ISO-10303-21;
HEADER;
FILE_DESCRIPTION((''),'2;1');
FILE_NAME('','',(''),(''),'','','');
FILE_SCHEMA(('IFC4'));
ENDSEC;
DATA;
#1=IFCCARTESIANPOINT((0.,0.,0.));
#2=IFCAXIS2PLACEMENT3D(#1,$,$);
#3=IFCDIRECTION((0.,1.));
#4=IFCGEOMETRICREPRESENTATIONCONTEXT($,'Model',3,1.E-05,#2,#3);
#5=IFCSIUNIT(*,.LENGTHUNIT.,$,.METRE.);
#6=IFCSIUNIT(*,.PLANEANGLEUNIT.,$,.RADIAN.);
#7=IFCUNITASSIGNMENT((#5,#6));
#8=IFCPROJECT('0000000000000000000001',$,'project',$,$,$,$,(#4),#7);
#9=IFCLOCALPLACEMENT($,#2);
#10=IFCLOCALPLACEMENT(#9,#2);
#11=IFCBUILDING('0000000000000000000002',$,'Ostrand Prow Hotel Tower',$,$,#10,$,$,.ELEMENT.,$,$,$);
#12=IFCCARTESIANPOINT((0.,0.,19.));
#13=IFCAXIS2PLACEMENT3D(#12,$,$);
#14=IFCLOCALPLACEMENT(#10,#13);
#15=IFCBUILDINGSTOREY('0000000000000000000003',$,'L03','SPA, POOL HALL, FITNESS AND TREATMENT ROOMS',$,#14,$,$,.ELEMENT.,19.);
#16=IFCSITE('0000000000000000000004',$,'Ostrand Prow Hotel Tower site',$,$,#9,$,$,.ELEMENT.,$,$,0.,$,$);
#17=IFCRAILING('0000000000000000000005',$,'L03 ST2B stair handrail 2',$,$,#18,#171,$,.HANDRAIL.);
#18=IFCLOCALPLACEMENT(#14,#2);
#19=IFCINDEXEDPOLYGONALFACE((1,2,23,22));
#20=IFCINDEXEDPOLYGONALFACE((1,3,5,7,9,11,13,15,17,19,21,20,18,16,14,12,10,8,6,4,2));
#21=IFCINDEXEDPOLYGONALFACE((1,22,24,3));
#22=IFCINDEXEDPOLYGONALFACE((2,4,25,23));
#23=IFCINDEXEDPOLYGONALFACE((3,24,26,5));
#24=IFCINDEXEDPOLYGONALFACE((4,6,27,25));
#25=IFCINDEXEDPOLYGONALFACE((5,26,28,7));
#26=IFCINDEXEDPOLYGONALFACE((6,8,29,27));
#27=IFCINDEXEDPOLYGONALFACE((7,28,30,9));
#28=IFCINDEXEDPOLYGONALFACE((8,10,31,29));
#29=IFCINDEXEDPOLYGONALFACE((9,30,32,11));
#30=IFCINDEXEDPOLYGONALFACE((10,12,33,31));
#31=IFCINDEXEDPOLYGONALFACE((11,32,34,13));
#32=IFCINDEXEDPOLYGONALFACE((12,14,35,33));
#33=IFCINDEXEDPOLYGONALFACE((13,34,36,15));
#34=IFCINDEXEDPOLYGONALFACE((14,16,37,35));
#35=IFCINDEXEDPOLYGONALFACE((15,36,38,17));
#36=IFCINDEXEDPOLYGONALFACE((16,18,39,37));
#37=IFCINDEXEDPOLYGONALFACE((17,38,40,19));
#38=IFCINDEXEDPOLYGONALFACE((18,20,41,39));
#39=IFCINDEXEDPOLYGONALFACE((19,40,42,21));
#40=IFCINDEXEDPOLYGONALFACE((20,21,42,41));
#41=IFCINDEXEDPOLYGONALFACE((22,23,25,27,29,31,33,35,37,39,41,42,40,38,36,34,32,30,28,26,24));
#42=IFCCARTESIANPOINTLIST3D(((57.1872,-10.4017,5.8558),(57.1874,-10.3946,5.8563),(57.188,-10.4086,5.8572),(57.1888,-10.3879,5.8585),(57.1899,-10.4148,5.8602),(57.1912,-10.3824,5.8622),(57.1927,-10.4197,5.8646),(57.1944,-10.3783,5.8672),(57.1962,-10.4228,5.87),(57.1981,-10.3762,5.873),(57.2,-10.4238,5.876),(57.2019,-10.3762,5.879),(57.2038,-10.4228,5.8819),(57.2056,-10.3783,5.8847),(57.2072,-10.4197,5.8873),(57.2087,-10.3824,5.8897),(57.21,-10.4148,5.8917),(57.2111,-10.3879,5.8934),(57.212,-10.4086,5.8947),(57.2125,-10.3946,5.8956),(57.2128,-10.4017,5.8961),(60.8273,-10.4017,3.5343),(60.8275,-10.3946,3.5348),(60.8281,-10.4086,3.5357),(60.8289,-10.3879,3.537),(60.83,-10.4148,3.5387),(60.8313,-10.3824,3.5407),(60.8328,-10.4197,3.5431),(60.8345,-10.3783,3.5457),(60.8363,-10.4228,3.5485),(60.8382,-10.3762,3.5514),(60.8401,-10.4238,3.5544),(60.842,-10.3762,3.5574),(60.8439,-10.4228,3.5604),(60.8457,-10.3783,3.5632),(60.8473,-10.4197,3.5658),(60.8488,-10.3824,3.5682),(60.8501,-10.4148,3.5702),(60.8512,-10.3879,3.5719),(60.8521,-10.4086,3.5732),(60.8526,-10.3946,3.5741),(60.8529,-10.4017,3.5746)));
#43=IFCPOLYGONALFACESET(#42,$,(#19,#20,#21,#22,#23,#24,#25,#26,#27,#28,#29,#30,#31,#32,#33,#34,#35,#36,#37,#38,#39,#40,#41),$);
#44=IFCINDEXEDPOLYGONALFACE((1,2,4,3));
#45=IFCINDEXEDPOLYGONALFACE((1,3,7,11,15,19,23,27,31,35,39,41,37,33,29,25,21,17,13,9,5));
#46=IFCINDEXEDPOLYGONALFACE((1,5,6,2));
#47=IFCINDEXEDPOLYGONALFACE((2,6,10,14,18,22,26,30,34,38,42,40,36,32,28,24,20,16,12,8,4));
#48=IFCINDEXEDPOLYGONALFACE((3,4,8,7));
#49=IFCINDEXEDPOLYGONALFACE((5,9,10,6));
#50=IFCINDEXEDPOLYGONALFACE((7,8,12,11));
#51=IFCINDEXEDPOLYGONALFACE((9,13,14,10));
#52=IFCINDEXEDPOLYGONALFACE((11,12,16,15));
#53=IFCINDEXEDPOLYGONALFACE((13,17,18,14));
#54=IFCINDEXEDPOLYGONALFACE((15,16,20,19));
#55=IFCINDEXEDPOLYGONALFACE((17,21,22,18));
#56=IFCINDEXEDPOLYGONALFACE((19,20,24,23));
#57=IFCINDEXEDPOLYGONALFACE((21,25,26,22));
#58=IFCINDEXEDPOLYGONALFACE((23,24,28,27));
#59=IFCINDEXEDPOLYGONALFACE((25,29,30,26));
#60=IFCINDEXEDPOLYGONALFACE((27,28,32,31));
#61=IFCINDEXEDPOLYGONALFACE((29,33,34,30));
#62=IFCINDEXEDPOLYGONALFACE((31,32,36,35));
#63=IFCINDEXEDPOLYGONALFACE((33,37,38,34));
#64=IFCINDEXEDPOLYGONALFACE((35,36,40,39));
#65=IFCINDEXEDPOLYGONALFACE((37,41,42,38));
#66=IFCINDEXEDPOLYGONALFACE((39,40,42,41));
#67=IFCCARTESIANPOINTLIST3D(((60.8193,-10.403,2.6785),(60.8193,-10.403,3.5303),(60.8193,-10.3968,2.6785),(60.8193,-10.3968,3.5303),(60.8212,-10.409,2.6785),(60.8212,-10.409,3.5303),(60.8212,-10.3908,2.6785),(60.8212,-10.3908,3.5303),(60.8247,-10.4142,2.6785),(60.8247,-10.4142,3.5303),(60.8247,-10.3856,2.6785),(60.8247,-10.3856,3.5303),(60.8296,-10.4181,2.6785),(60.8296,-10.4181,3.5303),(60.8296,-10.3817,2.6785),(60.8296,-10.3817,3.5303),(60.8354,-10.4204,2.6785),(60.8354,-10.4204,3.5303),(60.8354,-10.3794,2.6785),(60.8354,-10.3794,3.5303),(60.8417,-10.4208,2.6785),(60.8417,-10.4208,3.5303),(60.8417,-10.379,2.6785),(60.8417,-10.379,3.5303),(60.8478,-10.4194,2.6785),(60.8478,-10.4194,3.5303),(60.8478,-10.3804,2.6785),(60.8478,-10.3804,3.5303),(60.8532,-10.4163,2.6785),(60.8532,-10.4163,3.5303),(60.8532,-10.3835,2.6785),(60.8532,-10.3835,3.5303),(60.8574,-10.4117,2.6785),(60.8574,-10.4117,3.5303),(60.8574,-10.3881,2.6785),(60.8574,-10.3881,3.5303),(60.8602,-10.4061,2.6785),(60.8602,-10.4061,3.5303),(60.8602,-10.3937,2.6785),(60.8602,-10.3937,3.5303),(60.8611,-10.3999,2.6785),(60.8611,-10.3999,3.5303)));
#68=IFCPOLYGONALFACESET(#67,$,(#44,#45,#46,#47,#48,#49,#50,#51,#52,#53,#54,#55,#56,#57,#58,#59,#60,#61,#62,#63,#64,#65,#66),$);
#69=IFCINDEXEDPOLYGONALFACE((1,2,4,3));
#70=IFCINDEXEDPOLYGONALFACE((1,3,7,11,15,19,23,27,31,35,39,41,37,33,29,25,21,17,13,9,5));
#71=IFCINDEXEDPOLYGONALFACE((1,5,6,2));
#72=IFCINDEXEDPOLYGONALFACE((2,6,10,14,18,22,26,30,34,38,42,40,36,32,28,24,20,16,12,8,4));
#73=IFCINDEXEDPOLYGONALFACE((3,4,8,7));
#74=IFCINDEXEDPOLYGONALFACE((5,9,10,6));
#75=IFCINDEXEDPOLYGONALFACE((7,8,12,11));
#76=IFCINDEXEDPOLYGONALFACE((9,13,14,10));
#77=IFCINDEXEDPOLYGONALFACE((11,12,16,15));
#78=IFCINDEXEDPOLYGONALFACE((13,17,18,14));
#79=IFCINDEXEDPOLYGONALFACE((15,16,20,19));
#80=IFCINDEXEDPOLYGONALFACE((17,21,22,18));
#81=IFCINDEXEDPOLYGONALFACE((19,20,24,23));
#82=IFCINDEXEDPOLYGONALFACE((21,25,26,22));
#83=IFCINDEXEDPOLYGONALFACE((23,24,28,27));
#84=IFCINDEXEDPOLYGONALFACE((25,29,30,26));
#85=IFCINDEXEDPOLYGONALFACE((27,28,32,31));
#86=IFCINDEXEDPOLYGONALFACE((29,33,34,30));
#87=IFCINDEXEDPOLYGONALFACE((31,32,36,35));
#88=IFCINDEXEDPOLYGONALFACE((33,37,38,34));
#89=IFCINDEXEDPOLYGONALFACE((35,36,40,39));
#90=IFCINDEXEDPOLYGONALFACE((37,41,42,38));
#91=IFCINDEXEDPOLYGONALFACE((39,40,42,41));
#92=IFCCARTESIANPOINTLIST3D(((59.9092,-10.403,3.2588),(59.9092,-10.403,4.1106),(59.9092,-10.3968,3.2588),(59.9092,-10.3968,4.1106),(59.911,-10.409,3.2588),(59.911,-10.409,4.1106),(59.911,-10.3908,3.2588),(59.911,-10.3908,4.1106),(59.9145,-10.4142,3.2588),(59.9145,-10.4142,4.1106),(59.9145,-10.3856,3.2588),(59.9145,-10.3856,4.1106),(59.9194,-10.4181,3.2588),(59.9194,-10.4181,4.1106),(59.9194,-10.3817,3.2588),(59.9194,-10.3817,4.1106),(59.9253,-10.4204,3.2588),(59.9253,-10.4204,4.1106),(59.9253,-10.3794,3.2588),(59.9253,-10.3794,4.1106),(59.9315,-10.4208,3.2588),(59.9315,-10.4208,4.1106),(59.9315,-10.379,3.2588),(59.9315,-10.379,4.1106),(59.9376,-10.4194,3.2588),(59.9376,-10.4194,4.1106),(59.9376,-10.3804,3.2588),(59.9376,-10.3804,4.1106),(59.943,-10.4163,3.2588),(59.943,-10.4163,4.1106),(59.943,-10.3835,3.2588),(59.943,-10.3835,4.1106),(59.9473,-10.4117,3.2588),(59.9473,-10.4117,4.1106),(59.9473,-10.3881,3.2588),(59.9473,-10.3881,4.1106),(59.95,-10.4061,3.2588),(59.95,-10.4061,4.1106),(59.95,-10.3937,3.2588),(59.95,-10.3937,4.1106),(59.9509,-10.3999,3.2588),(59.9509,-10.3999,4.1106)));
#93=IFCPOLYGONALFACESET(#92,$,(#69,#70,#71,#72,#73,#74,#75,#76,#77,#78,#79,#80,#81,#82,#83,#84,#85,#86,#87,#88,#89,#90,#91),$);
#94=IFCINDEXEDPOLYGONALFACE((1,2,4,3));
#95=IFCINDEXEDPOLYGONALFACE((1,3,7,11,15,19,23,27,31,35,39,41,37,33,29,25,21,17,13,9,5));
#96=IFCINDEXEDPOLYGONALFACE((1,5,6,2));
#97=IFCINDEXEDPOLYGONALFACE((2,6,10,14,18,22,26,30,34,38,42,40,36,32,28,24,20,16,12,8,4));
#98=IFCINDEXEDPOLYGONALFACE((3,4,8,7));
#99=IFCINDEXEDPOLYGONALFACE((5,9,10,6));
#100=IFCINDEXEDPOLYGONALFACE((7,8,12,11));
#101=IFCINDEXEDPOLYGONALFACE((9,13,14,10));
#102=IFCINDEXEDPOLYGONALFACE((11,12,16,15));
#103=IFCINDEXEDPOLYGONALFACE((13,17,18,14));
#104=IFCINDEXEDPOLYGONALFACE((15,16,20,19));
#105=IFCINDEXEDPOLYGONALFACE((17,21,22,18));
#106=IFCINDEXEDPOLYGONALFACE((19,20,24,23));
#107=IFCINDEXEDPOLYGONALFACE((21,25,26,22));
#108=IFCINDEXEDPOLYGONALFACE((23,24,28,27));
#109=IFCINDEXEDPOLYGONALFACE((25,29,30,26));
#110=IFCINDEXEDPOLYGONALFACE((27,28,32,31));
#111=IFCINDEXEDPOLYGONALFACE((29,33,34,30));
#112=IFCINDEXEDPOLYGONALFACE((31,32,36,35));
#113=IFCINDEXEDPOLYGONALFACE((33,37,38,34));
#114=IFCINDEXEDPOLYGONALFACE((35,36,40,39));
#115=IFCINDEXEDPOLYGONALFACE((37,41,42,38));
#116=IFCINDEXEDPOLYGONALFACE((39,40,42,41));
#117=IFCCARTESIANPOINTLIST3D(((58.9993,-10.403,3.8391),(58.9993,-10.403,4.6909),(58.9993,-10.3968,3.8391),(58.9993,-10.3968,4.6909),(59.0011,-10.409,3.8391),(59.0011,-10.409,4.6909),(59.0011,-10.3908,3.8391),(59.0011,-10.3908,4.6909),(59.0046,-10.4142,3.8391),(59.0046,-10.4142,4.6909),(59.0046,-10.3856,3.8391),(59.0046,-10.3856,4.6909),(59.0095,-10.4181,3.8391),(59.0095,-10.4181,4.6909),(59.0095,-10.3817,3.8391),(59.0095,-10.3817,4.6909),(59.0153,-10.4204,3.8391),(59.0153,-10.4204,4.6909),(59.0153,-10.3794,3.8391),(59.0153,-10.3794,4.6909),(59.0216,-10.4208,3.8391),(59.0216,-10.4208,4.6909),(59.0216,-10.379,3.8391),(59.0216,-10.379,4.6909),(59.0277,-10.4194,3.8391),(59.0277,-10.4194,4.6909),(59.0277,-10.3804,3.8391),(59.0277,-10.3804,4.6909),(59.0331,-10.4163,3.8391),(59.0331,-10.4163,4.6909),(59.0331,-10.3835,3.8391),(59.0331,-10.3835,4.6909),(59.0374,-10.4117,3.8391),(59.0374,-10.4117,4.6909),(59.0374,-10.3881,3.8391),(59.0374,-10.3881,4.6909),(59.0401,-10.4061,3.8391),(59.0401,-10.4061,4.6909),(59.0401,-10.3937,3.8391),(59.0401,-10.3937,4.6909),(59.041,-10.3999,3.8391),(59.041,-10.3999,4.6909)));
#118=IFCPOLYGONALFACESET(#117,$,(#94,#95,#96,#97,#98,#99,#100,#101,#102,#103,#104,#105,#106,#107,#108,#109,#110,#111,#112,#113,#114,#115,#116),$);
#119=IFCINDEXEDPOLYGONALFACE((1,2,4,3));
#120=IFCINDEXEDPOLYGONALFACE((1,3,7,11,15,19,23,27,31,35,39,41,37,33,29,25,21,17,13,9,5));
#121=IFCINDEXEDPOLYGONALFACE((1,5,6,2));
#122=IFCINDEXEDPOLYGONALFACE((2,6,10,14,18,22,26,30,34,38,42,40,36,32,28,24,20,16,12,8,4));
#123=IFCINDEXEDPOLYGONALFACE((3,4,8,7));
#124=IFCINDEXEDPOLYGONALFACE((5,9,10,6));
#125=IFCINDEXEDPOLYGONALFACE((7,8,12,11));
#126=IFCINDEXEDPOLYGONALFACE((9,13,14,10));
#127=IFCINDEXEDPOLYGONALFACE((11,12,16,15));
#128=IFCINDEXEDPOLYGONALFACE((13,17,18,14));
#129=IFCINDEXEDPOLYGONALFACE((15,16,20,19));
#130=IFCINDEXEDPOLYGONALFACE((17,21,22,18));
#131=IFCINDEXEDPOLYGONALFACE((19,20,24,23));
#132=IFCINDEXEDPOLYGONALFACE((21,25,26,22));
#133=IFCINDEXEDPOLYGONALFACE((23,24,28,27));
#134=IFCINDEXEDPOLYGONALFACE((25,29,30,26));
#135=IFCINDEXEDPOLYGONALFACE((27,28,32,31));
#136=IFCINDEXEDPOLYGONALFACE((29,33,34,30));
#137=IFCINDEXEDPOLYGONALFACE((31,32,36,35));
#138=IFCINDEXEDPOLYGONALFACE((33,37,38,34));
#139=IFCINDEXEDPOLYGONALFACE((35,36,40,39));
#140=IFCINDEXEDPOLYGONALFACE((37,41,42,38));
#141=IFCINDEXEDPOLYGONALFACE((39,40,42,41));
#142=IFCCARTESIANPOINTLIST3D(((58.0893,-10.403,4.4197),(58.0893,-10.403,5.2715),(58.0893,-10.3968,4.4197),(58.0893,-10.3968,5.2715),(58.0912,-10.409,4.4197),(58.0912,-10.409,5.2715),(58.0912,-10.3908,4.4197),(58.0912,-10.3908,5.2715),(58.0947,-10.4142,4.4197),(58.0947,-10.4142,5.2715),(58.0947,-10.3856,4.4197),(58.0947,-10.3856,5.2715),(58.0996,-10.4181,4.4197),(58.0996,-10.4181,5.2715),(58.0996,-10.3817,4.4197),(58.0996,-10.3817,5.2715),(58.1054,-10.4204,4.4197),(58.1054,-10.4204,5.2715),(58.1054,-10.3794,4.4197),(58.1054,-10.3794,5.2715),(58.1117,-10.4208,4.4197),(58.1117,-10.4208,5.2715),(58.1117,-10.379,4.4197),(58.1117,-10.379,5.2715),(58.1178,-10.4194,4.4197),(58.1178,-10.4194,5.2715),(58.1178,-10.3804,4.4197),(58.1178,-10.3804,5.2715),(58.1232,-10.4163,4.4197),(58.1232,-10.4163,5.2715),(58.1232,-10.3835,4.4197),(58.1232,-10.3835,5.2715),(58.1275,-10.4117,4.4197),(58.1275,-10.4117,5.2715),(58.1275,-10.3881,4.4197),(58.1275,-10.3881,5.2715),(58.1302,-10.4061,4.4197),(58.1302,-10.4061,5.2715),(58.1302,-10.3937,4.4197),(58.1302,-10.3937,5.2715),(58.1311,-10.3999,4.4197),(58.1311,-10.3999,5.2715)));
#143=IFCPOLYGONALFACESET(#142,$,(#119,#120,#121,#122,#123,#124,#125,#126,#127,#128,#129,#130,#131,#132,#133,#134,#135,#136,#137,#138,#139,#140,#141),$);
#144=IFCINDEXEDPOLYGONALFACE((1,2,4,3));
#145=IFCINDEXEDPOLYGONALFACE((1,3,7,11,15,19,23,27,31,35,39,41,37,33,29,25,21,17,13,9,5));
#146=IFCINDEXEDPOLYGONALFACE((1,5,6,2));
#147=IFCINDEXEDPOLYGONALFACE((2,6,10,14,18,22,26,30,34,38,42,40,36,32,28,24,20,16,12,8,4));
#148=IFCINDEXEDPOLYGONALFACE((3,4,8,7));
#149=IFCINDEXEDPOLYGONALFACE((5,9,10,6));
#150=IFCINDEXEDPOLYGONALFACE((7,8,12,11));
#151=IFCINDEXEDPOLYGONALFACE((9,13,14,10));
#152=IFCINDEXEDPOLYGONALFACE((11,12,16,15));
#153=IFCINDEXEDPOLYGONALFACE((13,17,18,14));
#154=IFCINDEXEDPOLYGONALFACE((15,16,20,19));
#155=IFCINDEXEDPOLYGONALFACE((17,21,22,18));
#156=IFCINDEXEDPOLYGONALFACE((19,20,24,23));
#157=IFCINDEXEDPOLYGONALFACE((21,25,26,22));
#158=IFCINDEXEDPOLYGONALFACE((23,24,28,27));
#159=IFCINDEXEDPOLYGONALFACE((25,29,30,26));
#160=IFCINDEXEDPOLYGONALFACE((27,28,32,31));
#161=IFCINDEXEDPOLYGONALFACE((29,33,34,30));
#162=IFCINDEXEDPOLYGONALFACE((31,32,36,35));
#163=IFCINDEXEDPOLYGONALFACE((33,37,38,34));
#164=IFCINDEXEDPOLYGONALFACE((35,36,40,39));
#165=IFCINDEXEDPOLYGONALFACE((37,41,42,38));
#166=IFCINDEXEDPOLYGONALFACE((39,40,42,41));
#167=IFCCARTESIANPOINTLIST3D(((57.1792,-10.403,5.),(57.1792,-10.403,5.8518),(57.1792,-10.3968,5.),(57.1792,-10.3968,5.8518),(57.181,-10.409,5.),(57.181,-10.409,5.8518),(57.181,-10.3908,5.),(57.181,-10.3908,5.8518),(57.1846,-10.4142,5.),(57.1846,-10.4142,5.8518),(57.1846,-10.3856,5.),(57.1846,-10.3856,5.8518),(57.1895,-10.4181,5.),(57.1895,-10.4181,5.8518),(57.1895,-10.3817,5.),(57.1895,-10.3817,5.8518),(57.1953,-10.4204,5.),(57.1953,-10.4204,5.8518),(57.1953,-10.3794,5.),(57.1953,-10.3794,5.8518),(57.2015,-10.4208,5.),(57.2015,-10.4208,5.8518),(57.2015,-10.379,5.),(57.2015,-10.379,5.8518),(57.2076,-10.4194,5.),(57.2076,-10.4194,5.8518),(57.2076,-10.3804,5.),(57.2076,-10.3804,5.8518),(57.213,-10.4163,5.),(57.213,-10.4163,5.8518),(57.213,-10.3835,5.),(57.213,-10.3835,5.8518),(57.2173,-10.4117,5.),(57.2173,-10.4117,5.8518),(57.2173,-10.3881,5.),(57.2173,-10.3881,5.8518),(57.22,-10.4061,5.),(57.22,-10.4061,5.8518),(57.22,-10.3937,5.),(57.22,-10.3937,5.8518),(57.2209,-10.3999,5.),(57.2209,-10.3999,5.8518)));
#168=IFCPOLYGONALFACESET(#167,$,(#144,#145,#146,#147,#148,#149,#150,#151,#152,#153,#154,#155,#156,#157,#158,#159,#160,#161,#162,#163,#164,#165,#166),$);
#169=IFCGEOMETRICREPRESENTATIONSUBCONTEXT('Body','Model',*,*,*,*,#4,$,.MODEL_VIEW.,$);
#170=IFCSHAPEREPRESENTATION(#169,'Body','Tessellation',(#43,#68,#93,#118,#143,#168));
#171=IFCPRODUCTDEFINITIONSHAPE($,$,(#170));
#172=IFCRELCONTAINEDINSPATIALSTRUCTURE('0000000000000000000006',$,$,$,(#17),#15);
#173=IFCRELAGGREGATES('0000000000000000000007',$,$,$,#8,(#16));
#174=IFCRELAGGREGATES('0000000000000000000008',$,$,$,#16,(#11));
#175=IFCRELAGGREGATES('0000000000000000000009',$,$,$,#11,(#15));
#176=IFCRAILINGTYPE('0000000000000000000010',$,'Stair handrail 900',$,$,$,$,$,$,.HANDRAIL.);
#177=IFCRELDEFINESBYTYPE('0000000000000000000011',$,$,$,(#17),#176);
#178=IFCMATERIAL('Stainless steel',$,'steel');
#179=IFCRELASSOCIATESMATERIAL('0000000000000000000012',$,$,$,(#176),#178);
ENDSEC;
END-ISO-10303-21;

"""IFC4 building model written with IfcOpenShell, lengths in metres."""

from ifc_helpers import new_model, si_unit, direction, frame, origin, origin_2d, place, context, subcontext, project, spatial, circle, extrude, material, type_object, element, save


model = new_model("IFC4")

# Units and contexts
model_context = context("Model", 3, precision=1e-05, world=origin(), true_north=direction((0.0, 1.0)))
body_context = subcontext(model_context, "Body", "Model", "MODEL_VIEW")
ifc_project = project(units=[si_unit("LENGTHUNIT", "METRE"), si_unit("PLANEANGLEUNIT", "RADIAN")], contexts=[model_context])

# Site, building, storey
site_placement = place(None, origin())
site = spatial("IfcSite", under=ifc_project, at=site_placement, Name="Ostrand Prow Hotel Tower site", CompositionType="ELEMENT", RefElevation=0.0)
building_placement = place(site_placement, origin())
building = spatial("IfcBuilding", under=site, at=building_placement, Name="Ostrand Prow Hotel Tower", CompositionType="ELEMENT")
storey_placement = place(building_placement, frame((0.0, 0.0, 19.0)))
storey = spatial("IfcBuildingStorey", under=building, at=storey_placement, Name="L03", Description="SPA, POOL HALL, FITNESS AND TREATMENT ROOMS", CompositionType="ELEMENT", Elevation=19.0)

# Railing
ifc_material_1 = material(Name="Stainless steel", Category="steel")
railing_type_1 = type_object("IfcRailingType", Name="Stair handrail 900", PredefinedType="HANDRAIL", material=ifc_material_1)
railing_1_placement = place(storey_placement, frame((60.8401, -10.3999, 2.6785)))
element("IfcRailing", 1, at=railing_1_placement, inside=storey, type_object=railing_type_1, Name="L03 ST2B stair handrail 2", PredefinedType="HANDRAIL", context=body_context, shape_type="SweptSolid", body=[
    extrude(circle(Radius=0.0239, at=origin_2d()), frame((0.0, 0.0, 0.876), z_axis=(-0.843128, 0.0, 0.537713), x_axis=(0.0, -1.0, 0.0)), (0.0, 0.0, 1.0), 4.3174),
    extrude(circle(Radius=0.021, at=origin_2d()), origin(), (0.0, 0.0, 1.0), 0.8518),
    extrude(circle(Radius=0.021, at=origin_2d()), frame((-0.9102, 0.0, 0.5803)), (0.0, 0.0, 1.0), 0.8518),
    extrude(circle(Radius=0.021, at=origin_2d()), frame((-1.8201, 0.0, 1.1606)), (0.0, 0.0, 1.0), 0.8518),
    extrude(circle(Radius=0.021, at=origin_2d()), frame((-2.73, 0.0, 1.7412)), (0.0, 0.0, 1.0), 0.8518),
    extrude(circle(Radius=0.021, at=origin_2d()), frame((-3.6401, 0.0, 2.3215)), (0.0, 0.0, 1.0), 0.8518),
])

save(model, "model.ifc")
